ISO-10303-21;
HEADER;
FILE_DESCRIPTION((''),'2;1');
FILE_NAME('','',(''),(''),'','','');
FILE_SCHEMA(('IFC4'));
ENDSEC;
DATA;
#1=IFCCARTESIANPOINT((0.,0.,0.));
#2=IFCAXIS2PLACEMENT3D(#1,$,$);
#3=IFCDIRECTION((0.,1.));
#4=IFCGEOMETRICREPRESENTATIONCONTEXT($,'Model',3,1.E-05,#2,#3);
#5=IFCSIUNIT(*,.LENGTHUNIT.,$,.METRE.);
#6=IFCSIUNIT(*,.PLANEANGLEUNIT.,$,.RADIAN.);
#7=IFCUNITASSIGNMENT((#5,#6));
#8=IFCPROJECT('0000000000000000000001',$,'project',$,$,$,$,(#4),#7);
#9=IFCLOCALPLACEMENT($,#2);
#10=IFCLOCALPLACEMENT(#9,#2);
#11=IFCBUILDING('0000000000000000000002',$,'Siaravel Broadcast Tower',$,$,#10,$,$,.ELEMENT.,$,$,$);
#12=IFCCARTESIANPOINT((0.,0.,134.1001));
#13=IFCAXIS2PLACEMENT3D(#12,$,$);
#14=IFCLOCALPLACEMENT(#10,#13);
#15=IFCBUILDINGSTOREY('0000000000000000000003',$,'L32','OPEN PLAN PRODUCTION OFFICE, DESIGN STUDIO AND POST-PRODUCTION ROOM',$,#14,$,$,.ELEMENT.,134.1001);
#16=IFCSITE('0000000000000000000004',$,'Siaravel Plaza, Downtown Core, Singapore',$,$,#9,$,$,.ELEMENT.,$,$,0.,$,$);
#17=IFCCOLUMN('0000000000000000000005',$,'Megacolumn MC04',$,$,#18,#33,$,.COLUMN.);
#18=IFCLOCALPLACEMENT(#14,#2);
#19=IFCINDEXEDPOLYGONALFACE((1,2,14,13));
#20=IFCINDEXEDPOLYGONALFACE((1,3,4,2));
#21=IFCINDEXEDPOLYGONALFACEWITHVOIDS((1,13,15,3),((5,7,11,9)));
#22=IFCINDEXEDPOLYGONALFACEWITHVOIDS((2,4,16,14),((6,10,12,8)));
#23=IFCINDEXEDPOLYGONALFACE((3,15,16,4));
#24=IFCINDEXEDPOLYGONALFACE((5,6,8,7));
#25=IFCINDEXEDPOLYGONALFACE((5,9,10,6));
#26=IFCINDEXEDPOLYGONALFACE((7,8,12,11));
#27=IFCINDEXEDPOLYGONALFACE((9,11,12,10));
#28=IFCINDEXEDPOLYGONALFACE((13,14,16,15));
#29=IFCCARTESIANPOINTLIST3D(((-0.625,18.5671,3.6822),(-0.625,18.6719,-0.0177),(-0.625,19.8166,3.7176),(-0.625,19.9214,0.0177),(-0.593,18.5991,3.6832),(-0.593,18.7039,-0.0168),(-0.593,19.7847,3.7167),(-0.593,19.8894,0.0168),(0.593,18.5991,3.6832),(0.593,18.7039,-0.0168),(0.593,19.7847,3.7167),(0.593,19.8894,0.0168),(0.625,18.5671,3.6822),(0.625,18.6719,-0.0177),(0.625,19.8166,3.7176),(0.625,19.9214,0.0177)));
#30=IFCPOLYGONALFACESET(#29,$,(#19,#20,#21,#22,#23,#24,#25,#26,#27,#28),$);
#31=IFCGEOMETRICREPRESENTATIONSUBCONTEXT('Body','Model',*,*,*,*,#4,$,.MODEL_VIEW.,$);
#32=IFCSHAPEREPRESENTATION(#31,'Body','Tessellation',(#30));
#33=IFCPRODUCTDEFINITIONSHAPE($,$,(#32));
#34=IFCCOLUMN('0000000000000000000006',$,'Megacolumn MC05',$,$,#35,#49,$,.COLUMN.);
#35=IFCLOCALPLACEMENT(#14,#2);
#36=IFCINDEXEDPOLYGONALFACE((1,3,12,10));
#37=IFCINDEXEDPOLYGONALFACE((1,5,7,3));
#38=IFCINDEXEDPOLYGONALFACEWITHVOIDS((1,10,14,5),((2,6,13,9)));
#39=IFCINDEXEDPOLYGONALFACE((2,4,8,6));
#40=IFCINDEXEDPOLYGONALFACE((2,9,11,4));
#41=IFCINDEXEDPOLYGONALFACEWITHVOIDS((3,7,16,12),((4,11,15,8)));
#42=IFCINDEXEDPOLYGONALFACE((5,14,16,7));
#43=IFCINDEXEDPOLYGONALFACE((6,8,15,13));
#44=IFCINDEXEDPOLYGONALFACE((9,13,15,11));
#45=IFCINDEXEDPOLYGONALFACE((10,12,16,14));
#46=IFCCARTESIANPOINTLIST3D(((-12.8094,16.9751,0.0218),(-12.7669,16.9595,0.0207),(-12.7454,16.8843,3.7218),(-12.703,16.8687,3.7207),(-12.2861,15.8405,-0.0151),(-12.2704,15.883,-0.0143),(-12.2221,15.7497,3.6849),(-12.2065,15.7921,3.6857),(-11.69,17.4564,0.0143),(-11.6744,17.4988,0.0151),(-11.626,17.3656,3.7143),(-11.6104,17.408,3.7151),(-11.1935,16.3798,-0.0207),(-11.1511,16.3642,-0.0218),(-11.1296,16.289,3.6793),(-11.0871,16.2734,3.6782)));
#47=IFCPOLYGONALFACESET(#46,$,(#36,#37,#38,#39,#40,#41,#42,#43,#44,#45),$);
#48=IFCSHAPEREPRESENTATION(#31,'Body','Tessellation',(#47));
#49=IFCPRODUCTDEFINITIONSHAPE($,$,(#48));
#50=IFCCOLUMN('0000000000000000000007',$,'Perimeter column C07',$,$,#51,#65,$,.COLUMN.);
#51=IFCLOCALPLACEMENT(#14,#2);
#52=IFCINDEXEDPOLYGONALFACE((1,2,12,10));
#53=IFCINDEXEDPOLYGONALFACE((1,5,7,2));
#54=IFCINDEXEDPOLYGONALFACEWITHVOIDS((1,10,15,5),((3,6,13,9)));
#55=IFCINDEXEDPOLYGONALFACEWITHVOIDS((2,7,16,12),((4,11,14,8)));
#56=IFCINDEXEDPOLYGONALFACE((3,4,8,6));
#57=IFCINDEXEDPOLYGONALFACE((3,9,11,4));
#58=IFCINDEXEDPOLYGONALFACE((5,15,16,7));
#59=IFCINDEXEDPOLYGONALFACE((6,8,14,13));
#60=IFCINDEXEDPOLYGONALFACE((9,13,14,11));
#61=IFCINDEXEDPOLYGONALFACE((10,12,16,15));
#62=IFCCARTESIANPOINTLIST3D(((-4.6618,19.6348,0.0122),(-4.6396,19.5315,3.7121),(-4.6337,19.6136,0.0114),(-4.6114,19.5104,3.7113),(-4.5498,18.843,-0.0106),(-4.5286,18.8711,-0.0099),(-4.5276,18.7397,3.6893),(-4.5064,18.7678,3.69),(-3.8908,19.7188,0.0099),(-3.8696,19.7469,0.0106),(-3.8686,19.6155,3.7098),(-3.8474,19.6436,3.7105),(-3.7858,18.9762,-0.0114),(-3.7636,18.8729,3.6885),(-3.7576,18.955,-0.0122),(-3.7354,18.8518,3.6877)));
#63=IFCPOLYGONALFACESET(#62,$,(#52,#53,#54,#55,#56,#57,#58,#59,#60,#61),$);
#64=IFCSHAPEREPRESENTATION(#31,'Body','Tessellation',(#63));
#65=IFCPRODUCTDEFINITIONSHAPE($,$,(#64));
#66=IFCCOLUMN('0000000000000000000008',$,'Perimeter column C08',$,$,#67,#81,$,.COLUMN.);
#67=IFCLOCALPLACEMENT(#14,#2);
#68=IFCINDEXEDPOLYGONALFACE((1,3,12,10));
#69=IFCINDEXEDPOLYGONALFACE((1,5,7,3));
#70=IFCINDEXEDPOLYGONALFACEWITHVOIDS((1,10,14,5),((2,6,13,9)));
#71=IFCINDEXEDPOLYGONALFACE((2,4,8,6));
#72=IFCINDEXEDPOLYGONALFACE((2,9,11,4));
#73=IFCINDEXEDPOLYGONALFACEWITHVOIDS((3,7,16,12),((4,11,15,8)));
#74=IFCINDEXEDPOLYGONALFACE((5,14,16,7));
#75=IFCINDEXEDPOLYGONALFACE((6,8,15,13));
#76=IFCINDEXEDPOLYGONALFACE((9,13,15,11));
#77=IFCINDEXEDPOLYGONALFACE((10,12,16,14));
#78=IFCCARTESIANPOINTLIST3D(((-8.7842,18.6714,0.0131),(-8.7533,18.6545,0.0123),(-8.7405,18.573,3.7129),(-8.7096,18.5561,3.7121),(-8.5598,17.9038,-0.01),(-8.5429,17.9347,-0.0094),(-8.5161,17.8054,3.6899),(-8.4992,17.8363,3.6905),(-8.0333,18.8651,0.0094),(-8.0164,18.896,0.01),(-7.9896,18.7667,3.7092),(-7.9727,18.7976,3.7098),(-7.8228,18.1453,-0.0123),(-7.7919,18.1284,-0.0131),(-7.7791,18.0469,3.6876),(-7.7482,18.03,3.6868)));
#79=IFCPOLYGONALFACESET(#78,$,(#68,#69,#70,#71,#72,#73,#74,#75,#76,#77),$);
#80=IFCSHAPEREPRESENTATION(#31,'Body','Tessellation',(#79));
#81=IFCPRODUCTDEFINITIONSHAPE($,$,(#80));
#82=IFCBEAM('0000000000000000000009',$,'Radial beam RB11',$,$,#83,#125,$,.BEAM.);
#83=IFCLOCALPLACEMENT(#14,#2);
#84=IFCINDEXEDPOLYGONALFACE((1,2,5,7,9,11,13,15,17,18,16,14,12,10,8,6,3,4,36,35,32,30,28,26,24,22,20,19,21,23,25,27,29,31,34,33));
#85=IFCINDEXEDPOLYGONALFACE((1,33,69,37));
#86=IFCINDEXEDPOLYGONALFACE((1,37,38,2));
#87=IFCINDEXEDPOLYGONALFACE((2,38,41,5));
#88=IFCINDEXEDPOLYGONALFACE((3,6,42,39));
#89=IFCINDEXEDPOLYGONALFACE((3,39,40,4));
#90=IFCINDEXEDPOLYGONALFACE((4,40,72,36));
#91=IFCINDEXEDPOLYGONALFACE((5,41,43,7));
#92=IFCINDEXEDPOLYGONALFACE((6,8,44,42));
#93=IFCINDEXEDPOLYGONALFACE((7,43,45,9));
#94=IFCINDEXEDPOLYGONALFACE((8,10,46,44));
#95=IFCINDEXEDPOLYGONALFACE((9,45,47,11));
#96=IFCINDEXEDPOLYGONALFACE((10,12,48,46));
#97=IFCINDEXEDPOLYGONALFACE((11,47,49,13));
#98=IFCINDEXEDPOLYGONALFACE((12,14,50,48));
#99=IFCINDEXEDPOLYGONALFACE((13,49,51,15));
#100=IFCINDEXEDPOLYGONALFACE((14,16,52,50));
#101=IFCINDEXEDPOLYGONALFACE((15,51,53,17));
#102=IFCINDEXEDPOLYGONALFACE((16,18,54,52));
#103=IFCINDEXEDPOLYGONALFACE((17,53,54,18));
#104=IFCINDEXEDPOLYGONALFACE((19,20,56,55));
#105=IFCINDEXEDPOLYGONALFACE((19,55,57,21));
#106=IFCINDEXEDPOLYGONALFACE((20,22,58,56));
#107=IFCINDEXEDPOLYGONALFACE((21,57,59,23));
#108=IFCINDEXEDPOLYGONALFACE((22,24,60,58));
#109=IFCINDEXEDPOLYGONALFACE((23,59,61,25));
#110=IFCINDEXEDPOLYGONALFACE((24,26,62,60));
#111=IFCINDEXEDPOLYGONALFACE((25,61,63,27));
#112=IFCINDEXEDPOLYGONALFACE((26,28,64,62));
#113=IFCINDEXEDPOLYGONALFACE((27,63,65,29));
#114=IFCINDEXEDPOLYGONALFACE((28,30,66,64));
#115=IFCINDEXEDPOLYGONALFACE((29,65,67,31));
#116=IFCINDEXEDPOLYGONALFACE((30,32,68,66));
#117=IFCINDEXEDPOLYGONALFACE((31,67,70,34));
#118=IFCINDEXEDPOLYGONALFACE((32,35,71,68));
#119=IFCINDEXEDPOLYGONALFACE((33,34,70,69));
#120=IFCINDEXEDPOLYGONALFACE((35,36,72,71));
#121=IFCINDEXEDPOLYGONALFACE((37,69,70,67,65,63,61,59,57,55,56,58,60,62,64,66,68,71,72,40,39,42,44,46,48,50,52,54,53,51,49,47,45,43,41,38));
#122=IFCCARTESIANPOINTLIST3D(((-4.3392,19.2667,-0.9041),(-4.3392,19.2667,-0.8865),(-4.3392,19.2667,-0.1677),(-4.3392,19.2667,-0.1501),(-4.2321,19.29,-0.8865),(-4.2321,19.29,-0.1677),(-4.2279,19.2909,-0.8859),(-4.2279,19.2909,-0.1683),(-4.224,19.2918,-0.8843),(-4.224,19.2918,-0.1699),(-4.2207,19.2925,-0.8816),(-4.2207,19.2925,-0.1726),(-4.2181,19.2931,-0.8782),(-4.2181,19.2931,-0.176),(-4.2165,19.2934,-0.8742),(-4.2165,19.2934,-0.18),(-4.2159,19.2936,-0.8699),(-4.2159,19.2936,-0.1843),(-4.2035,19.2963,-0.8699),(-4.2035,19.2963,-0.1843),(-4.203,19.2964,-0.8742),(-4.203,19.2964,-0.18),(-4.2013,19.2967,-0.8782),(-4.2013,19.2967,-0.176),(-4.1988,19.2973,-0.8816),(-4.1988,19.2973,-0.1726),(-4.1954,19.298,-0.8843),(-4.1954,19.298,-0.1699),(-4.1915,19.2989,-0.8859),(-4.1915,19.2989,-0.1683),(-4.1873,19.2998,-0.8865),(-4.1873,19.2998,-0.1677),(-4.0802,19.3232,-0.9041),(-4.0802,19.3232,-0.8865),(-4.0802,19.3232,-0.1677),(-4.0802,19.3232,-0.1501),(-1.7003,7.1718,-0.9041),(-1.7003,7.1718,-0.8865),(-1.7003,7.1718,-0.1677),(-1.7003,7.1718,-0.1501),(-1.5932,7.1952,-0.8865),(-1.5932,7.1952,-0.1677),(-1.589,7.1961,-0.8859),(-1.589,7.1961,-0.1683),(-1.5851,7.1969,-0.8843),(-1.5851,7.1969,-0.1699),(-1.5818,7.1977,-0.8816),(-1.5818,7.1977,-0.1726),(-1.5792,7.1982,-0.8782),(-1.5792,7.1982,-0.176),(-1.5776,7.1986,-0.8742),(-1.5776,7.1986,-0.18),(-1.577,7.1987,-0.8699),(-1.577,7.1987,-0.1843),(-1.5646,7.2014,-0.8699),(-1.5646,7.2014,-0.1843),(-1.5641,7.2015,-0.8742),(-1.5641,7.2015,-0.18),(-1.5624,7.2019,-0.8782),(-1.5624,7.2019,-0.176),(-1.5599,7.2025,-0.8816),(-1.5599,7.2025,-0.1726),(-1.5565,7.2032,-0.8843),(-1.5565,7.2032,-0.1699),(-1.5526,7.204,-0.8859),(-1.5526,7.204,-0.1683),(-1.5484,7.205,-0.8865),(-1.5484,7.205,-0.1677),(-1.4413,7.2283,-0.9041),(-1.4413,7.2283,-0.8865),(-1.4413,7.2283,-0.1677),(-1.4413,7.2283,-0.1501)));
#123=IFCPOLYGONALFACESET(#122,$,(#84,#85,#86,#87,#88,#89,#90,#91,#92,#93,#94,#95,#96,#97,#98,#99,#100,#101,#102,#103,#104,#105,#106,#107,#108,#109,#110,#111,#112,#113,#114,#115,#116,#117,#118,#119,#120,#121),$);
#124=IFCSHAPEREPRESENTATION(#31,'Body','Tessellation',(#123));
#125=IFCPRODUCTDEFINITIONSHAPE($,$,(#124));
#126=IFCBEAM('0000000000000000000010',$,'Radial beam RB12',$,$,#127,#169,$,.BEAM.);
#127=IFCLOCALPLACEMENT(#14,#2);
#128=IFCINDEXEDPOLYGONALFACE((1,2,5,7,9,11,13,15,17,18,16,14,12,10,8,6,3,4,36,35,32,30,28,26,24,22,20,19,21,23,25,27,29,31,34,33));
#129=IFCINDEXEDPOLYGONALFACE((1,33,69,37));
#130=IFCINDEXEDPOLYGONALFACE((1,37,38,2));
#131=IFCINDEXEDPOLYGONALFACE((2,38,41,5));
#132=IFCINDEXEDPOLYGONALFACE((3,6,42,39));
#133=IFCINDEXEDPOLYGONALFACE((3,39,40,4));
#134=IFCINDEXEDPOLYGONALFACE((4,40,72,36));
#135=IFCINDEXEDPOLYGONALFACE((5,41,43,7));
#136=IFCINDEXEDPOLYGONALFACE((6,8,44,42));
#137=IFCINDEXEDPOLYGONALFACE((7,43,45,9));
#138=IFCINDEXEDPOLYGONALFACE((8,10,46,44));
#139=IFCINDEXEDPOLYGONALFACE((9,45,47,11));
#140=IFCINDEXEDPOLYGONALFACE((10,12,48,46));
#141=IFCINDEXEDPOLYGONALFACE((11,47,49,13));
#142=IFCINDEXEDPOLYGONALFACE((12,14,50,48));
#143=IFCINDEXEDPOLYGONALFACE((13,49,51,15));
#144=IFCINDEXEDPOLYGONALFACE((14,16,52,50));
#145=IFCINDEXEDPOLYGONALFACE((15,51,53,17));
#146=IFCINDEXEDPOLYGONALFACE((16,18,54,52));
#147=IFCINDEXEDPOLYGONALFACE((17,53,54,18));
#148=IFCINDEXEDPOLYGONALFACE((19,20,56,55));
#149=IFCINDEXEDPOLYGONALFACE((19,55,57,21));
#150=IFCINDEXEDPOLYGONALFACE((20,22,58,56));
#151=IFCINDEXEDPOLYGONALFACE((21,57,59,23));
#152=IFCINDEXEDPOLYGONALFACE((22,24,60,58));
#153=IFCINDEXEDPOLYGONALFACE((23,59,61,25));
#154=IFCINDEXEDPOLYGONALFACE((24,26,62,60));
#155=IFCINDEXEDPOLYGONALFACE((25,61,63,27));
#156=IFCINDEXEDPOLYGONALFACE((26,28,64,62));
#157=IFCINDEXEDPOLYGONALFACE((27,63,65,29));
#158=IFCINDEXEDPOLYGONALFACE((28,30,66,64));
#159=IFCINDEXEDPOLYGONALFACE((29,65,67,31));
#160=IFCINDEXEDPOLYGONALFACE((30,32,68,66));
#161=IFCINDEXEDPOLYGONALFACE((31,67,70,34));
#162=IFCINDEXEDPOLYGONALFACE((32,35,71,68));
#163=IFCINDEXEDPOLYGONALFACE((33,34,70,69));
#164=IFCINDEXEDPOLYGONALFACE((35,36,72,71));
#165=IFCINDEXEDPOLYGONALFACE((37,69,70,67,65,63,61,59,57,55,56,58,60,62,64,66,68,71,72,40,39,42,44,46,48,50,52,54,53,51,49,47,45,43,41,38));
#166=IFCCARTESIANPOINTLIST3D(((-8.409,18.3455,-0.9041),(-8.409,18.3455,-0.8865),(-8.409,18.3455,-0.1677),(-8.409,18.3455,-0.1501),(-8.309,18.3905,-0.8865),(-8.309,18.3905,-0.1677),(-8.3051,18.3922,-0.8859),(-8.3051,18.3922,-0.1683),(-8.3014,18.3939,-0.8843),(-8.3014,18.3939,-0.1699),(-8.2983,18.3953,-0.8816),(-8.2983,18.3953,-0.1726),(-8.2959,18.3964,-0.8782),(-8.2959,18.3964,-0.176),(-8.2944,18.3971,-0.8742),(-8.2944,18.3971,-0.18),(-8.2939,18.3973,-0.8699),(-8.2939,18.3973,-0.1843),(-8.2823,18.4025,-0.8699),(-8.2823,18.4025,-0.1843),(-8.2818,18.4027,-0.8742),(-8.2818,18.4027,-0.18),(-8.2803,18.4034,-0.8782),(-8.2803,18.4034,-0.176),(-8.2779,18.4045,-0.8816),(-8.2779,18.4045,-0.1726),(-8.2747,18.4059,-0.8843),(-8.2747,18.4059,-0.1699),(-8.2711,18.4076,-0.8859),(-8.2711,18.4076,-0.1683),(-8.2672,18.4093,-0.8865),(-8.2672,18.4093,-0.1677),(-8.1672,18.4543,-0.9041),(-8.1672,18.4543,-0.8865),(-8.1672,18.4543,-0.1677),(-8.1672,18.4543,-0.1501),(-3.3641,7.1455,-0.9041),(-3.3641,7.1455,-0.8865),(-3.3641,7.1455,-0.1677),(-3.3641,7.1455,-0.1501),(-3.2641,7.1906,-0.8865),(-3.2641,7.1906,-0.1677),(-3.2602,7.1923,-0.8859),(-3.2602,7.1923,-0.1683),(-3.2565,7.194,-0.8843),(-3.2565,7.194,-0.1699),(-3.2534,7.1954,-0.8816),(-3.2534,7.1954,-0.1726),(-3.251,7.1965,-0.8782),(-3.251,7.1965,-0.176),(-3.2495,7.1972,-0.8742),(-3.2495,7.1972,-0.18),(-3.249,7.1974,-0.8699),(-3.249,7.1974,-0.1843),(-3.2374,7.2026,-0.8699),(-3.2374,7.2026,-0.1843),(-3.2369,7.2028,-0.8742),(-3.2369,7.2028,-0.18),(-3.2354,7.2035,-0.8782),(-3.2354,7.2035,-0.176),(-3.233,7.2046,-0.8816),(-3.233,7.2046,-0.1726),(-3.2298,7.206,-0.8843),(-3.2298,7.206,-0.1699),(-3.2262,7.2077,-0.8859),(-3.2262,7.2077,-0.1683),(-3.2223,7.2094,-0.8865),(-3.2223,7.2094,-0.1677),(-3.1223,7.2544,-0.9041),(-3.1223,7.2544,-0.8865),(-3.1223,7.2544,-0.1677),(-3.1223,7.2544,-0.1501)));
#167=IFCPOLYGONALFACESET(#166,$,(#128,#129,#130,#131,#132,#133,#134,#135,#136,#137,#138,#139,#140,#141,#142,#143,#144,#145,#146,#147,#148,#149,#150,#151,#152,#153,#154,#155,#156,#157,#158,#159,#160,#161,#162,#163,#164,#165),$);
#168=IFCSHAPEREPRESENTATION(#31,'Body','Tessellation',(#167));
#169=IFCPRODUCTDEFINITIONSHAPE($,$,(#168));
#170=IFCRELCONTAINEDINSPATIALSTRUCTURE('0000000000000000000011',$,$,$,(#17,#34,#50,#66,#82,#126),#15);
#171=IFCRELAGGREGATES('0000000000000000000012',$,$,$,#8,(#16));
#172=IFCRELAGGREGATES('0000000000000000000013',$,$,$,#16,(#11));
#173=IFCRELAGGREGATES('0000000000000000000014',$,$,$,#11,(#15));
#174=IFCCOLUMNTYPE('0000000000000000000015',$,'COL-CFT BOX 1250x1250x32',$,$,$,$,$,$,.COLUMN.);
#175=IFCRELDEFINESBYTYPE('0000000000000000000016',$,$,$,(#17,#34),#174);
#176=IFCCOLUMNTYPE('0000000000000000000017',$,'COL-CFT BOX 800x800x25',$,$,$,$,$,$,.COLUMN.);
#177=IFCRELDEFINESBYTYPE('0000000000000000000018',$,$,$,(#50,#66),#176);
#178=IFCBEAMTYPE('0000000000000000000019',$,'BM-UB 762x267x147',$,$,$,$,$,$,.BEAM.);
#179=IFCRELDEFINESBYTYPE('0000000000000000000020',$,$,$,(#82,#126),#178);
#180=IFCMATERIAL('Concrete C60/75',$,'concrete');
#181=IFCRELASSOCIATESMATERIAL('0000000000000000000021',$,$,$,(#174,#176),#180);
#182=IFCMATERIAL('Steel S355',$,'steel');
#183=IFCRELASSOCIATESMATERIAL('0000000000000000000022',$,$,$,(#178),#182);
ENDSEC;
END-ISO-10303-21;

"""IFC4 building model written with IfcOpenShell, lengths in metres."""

from ifc_helpers import new_model, si_unit, direction, frame, origin, origin_2d, place, context, subcontext, project, spatial, hollow_rectangle, i_section, extrude, material, material_profile, profile_set, type_object, element, save


model = new_model("IFC4")

# Units and contexts
model_context = context("Model", 3, precision=1e-05, world=origin(), true_north=direction((0.0, 1.0)))
body_context = subcontext(model_context, "Body", "Model", "MODEL_VIEW")
ifc_project = project(units=[si_unit("LENGTHUNIT", "METRE"), si_unit("PLANEANGLEUNIT", "RADIAN")], contexts=[model_context])

# Site, building, storey
site_placement = place(None, origin())
site = spatial("IfcSite", under=ifc_project, at=site_placement, Name="Siaravel Plaza, Downtown Core, Singapore", CompositionType="ELEMENT", RefElevation=0.0)
building_placement = place(site_placement, origin())
building = spatial("IfcBuilding", under=site, at=building_placement, Name="Siaravel Broadcast Tower", CompositionType="ELEMENT")
storey_placement = place(building_placement, frame((0.0, 0.0, 134.1001)))
storey = spatial("IfcBuildingStorey", under=building, at=storey_placement, Name="L32", Description="OPEN PLAN PRODUCTION OFFICE, DESIGN STUDIO AND POST-PRODUCTION ROOM", CompositionType="ELEMENT", Elevation=134.1001)

# Columns
ifc_material_1 = material(Name="Concrete C60/75", Category="concrete")
ifc_material_profile_1 = material_profile(ifc_material_1, hollow_rectangle(XDim=1.25, YDim=1.25, WallThickness=0.032, at=origin_2d()))
ifc_profile_set_1 = profile_set([ifc_material_profile_1], Name="Concrete C60/75")
column_type_1 = type_object("IfcColumnType", Name="COL-CFT BOX 1250x1250x32", PredefinedType="COLUMN", material=ifc_profile_set_1)
column_1_placement = place(storey_placement, frame((0.0, 19.2966, 0.0), z_axis=(0.0, -0.028296, 0.9996), x_axis=(1.0, 0.0, 0.0)))
element("IfcColumn", 1, at=column_1_placement, inside=storey, type_object=column_type_1, Name="Megacolumn MC04", PredefinedType="COLUMN", context=body_context, shape_type="SweptSolid", body=[
    extrude(hollow_rectangle(XDim=1.25, YDim=1.25, WallThickness=0.032, at=origin_2d()), origin(), (0.0, 0.0, 1.0), 3.7014),
])
column_2_placement = place(storey_placement, frame((-11.9802, 16.6697, 0.0), z_axis=(0.01728, -0.024535, 0.99955), x_axis=(0.908001, 0.418933, -0.005414)))
element("IfcColumn", 2, at=column_2_placement, inside=storey, type_object=column_type_1, Name="Megacolumn MC05", PredefinedType="COLUMN", context=body_context, shape_type="SweptSolid", body=[
    extrude(hollow_rectangle(XDim=1.25, YDim=1.25, WallThickness=0.032, at=origin_2d()), origin(), (0.0, 0.0, 1.0), 3.7017),
])
ifc_material_profile_2 = material_profile(ifc_material_1, hollow_rectangle(XDim=0.8, YDim=0.8, WallThickness=0.0249, at=origin_2d()))
ifc_profile_set_2 = profile_set([ifc_material_profile_2], Name="Concrete C60/75")
column_type_2 = type_object("IfcColumnType", Name="COL-CFT BOX 800x800x25", PredefinedType="COLUMN", material=ifc_profile_set_2)
for number, where, z_axis, x_axis, name in (
    (3, (-4.2097, 19.2949, 0.0), (0.006002, -0.0279, 0.999593), (0.990135, 0.1401, -0.002035), "Perimeter column C07"),
    (4, (-8.2881, 18.3999, 0.0), (0.011806, -0.026581, 0.999577), (0.959776, 0.28074, -0.003871), "Perimeter column C08"),
):
    element("IfcColumn", number, at=place(storey_placement, frame(where, z_axis=z_axis, x_axis=x_axis)), inside=storey, type_object=column_type_2, Name=name, PredefinedType="COLUMN", context=body_context, shape_type="SweptSolid", body=[
        extrude(hollow_rectangle(XDim=0.8, YDim=0.8, WallThickness=0.0249, at=origin_2d()), origin(), (0.0, 0.0, 1.0), 3.7014),
    ])

# Beams
ifc_material_2 = material(Name="Steel S355", Category="steel")
ifc_material_profile_3 = material_profile(ifc_material_2, i_section(OverallWidth=0.2651, OverallDepth=0.7539, WebThickness=0.0127, FlangeThickness=0.0176, FilletRadius=0.0166, at=origin_2d()))
ifc_profile_set_3 = profile_set([ifc_material_profile_3], Name="Steel S355")
beam_type = type_object("IfcBeamType", Name="BM-UB 762x267x147", PredefinedType="BEAM", material=ifc_profile_set_3)
beam_1_placement = place(storey_placement, frame((-4.2097, 19.2949, -0.5271), z_axis=(0.213168, -0.977016, 0.0), x_axis=(0.977016, 0.213168, 0.0)))
element("IfcBeam", 5, at=beam_1_placement, inside=storey, type_object=beam_type, Name="Radial beam RB11", PredefinedType="BEAM", context=body_context, shape_type="SweptSolid", body=[
    extrude(i_section(OverallWidth=0.2651, OverallDepth=0.7539, WebThickness=0.0127, FlangeThickness=0.0176, FilletRadius=0.0166, at=origin_2d()), origin(), (0.0, 0.0, 1.0), 12.3794),
])
beam_2_placement = place(storey_placement, frame((-8.2881, 18.3999, -0.5271), z_axis=(0.410699, -0.911771, 0.0), x_axis=(0.911771, 0.410699, 0.0)))
element("IfcBeam", 6, at=beam_2_placement, inside=storey, type_object=beam_type, Name="Radial beam RB12", PredefinedType="BEAM", context=body_context, shape_type="SweptSolid", body=[
    extrude(i_section(OverallWidth=0.2651, OverallDepth=0.7539, WebThickness=0.0127, FlangeThickness=0.0176, FilletRadius=0.0166, at=origin_2d()), origin(), (0.0, 0.0, 1.0), 12.2837),
])

save(model, "model.ifc")
